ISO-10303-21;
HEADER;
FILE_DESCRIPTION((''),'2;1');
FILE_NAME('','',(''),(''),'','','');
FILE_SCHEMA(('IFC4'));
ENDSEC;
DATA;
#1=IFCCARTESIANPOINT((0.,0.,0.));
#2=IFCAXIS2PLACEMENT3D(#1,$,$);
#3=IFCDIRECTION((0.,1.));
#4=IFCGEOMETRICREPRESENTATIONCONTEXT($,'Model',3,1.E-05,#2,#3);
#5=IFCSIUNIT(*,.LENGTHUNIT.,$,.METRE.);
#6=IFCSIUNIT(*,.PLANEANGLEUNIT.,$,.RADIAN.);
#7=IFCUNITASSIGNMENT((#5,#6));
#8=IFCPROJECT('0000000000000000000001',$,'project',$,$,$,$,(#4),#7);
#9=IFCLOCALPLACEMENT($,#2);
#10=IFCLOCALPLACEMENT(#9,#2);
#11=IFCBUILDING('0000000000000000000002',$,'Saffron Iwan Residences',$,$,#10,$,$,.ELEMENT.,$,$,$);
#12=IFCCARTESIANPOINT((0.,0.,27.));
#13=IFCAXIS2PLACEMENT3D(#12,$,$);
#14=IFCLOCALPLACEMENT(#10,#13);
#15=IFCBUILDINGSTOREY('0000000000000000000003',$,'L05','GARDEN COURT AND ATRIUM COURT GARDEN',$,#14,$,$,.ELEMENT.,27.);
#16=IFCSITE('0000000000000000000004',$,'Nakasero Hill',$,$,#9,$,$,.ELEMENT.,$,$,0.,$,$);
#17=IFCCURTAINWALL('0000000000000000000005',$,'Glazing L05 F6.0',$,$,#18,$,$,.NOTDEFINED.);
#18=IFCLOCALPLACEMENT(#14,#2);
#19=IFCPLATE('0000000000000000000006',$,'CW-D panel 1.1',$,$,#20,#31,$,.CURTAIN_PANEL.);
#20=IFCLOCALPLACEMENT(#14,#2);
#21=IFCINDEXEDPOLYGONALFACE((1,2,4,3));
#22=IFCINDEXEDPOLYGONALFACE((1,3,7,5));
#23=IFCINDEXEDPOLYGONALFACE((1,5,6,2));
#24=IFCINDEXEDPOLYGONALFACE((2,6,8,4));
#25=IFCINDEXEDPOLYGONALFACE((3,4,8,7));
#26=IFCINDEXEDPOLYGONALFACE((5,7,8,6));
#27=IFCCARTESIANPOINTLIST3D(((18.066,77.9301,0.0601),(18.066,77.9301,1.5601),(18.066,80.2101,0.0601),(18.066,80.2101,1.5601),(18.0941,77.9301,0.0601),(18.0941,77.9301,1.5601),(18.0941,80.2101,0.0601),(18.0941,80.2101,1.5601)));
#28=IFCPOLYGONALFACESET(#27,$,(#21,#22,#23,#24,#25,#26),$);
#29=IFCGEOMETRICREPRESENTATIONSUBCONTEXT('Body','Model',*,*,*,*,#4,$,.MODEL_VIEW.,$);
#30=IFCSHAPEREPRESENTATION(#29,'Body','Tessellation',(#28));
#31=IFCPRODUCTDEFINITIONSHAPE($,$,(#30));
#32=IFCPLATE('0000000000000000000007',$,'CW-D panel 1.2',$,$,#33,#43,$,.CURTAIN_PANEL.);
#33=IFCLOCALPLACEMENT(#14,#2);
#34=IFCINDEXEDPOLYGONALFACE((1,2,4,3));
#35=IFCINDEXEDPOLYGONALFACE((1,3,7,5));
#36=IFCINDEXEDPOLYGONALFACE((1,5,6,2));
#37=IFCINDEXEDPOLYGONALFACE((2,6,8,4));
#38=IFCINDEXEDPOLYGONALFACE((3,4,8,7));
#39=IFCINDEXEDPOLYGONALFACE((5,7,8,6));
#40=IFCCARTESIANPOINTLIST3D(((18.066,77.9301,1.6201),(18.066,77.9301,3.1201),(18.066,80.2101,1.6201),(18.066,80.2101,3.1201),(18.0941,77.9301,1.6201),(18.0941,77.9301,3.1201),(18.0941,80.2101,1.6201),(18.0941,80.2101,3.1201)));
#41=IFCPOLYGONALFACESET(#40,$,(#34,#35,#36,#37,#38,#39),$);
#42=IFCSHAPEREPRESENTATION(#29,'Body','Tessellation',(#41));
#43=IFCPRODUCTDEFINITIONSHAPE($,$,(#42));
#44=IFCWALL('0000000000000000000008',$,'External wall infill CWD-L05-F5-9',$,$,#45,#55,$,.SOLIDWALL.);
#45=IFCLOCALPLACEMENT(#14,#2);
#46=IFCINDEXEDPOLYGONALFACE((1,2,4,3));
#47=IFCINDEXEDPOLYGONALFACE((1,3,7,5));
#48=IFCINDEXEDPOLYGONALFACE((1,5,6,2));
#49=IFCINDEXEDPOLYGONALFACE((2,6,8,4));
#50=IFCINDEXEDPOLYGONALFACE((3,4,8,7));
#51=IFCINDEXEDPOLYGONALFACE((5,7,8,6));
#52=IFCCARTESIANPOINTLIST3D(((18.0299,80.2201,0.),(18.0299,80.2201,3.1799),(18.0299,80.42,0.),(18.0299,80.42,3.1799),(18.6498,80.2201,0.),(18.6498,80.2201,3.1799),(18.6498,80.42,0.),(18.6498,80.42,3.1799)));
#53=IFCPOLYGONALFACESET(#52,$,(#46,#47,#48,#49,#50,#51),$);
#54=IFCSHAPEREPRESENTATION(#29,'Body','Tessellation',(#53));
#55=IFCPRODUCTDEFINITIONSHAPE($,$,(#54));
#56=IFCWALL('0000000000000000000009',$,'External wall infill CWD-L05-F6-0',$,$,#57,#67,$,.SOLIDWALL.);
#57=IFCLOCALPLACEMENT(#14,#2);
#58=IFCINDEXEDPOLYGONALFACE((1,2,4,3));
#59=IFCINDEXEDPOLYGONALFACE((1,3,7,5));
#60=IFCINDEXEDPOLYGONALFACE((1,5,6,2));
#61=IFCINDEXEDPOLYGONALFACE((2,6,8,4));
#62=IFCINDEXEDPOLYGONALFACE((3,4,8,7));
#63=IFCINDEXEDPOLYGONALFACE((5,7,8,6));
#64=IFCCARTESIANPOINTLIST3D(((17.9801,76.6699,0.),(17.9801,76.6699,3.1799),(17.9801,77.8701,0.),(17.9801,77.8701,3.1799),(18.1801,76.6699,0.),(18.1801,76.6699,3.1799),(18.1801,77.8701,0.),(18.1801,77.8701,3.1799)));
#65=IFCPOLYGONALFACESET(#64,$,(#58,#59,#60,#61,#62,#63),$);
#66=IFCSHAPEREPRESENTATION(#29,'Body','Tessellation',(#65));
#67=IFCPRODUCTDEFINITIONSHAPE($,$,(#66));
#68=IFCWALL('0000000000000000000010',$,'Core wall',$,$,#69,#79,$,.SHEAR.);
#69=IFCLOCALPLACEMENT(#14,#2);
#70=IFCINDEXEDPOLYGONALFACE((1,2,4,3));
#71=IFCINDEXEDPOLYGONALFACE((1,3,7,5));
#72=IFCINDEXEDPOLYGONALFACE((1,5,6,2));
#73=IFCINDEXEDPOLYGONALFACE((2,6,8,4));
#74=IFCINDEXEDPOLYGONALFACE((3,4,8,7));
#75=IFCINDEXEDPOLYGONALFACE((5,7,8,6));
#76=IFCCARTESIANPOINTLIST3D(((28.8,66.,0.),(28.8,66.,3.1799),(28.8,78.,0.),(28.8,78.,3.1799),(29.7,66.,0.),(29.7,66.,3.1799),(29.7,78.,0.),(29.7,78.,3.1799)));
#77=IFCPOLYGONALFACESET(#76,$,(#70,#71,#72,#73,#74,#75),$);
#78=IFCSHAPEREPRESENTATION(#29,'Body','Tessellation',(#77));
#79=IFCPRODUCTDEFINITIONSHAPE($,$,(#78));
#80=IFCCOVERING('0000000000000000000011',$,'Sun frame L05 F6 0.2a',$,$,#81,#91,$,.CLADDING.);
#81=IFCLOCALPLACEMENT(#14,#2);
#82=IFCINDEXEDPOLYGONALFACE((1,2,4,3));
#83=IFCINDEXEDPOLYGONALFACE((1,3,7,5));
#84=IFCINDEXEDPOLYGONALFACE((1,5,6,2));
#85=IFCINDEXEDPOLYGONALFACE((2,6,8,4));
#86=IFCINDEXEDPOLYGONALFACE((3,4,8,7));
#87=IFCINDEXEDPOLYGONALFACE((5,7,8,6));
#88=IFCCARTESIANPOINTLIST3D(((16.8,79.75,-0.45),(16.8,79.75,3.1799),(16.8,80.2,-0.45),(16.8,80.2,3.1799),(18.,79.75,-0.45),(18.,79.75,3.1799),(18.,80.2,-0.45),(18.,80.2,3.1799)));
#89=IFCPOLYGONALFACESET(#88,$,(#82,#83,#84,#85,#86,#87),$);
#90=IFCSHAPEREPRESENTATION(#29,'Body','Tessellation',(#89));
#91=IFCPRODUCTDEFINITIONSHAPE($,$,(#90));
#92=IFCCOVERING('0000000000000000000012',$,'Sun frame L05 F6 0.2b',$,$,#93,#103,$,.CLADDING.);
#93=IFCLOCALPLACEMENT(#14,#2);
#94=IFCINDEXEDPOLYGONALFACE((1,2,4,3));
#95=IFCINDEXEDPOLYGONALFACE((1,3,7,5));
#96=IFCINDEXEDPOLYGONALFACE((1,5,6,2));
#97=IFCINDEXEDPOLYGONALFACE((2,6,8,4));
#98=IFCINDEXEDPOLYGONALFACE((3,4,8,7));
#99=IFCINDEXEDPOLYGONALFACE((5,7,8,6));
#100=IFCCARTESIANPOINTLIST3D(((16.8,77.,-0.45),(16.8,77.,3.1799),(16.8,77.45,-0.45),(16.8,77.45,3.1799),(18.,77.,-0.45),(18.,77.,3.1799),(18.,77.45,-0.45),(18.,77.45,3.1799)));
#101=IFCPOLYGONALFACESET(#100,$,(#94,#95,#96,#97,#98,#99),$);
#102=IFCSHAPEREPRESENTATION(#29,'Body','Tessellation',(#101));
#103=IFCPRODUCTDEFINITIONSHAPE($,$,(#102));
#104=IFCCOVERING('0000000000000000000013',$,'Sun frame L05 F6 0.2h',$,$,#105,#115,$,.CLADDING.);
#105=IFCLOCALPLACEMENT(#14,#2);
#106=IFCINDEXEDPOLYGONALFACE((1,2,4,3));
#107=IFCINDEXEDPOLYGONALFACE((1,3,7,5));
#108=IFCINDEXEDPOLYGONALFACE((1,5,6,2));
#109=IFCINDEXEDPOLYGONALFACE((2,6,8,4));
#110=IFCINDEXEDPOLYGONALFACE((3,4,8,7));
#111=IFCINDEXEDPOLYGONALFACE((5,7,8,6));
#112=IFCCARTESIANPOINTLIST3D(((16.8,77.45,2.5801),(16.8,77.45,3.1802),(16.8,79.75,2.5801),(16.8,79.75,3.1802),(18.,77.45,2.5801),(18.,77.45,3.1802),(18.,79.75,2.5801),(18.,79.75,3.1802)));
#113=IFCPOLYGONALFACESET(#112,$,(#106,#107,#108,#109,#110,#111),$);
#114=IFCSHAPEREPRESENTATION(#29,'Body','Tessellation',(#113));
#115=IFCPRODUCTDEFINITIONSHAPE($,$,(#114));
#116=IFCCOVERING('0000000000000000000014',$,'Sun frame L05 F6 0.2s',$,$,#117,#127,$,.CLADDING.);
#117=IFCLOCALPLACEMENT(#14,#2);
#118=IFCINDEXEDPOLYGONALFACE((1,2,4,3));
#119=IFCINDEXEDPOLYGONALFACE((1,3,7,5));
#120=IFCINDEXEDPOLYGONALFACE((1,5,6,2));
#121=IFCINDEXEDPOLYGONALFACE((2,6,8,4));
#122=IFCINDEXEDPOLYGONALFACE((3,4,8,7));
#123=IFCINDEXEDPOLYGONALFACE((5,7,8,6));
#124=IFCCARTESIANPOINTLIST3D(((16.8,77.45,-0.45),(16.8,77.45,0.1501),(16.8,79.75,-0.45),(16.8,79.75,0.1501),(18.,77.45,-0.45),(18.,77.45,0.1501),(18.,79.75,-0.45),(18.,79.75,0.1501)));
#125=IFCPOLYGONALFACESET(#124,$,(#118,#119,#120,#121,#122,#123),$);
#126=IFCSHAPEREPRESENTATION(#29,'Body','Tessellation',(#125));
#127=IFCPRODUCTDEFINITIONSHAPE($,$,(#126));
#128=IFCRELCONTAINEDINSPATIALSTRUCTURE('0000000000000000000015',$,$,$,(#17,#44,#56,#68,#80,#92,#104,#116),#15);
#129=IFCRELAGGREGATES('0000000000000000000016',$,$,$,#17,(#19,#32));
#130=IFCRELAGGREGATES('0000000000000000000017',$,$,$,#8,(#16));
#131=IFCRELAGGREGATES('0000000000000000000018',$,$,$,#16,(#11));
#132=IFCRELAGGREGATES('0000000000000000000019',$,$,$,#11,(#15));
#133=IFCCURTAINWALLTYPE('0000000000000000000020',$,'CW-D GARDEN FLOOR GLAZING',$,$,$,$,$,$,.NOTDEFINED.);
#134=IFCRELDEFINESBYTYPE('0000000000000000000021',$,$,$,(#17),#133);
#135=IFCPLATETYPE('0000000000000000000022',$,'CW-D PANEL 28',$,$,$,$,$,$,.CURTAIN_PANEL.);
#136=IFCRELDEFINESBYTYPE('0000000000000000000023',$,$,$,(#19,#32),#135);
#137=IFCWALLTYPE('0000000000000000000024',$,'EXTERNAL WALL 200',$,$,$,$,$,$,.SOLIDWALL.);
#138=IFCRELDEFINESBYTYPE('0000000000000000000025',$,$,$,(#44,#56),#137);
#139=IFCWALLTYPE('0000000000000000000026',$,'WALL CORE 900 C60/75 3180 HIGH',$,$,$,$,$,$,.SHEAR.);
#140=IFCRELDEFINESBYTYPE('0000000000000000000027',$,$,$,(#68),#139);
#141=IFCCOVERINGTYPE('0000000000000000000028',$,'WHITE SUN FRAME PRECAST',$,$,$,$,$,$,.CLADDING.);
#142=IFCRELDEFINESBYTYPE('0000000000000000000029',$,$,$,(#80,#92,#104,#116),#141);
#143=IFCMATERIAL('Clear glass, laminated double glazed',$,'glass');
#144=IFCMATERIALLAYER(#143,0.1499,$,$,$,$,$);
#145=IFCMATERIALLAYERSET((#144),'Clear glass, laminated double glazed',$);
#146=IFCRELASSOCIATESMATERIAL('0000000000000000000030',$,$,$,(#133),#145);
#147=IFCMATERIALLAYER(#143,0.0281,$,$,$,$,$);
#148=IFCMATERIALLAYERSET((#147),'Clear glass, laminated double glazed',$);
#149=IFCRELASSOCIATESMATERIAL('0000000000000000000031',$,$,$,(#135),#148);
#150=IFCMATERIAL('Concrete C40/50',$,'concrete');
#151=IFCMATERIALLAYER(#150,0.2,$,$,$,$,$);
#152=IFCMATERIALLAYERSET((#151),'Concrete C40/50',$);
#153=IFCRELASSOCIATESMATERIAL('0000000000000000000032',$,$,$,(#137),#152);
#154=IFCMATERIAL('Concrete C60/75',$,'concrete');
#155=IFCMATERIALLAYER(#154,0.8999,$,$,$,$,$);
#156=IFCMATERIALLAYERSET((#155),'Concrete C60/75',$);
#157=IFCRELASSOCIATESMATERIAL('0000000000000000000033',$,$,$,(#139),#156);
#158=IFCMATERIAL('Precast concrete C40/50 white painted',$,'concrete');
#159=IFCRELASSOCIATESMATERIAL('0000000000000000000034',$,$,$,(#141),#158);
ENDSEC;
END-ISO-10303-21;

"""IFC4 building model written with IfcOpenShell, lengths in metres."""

from ifc_helpers import new_model, si_unit, direction, frame, frame_2d, origin, origin_2d, place, context, subcontext, project, spatial, polyline, rectangle, outline, extrude, source, transform, mapped, material, layer, layer_set, type_object, element, aggregate, save


model = new_model("IFC4")

# Units and contexts
model_context = context("Model", 3, precision=1e-05, world=origin(), true_north=direction((0.0, 1.0)))
body_context = subcontext(model_context, "Body", "Model", "MODEL_VIEW")
ifc_project = project(units=[si_unit("LENGTHUNIT", "METRE"), si_unit("PLANEANGLEUNIT", "RADIAN")], contexts=[model_context])

# Site, building, storey
site_placement = place(None, origin())
site = spatial("IfcSite", under=ifc_project, at=site_placement, Name="Nakasero Hill", CompositionType="ELEMENT", RefElevation=0.0)
building_placement = place(site_placement, origin())
building = spatial("IfcBuilding", under=site, at=building_placement, Name="Saffron Iwan Residences", CompositionType="ELEMENT")
storey_placement = place(building_placement, frame((0.0, 0.0, 27.0)))
storey = spatial("IfcBuildingStorey", under=building, at=storey_placement, Name="L05", Description="GARDEN COURT AND ATRIUM COURT GARDEN", CompositionType="ELEMENT", Elevation=27.0)

# Shared definitions
ifc_material_1 = material(Name="Concrete C60/75", Category="concrete")

# Curtain wall
ifc_material_2 = material(Name="Clear glass, laminated double glazed", Category="glass")
ifc_layer_1 = layer(ifc_material_2, 0.1499)
ifc_layer_set_1 = layer_set([ifc_layer_1], Name="Clear glass, laminated double glazed")
curtain_wall_type = type_object("IfcCurtainWallType", Name="CW-D GARDEN FLOOR GLAZING", PredefinedType="NOTDEFINED", material=ifc_layer_set_1)
curtain_wall_1_placement = place(storey_placement, origin())
curtain_wall_1 = element("IfcCurtainWall", 1, at=curtain_wall_1_placement, inside=storey, type_object=curtain_wall_type, Name="Glazing L05 F6.0", PredefinedType="NOTDEFINED")

# Plates
ifc_layer_2 = layer(ifc_material_2, 0.0281)
ifc_layer_set_2 = layer_set([ifc_layer_2], Name="Clear glass, laminated double glazed")
plate_type = type_object("IfcPlateType", Name="CW-D PANEL 28", PredefinedType="CURTAIN_PANEL", material=ifc_layer_set_2)
shared_shape_1 = source(origin(), body_context, "Body", "SweptSolid", [
    extrude(rectangle(XDim=2.28, YDim=0.0281, at=origin_2d()), origin(), (0.0, 0.0, 1.0), 1.5),
])
plate_1_placement = place(storey_placement, frame((18.0801, 79.0701, 0.0601), z_axis=(0.0, 0.0, 1.0), x_axis=(0.0, -1.0, 0.0)))
plate_1 = element("IfcPlate", 2, at=plate_1_placement, type_object=plate_type, Name="CW-D panel 1.1", PredefinedType="CURTAIN_PANEL", context=body_context, shape_type="MappedRepresentation", body=[
    mapped(shared_shape_1, transform((0.0, 0.0, 0.0))),
])
plate_2_placement = place(storey_placement, frame((18.0801, 79.0701, 1.6201), z_axis=(0.0, 0.0, 1.0), x_axis=(0.0, -1.0, 0.0)))
plate_2 = element("IfcPlate", 3, at=plate_2_placement, type_object=plate_type, Name="CW-D panel 1.2", PredefinedType="CURTAIN_PANEL", context=body_context, shape_type="MappedRepresentation", body=[
    mapped(shared_shape_1, transform((0.0, 0.0, 0.0))),
])
aggregate(curtain_wall_1, [plate_1, plate_2])

# Walls
ifc_material_3 = material(Name="Concrete C40/50", Category="concrete")
ifc_layer_3 = layer(ifc_material_3, 0.2)
ifc_layer_set_3 = layer_set([ifc_layer_3], Name="Concrete C40/50")
wall_type_1 = type_object("IfcWallType", Name="EXTERNAL WALL 200", PredefinedType="SOLIDWALL", material=ifc_layer_set_3)
wall_1_placement = place(storey_placement, frame((18.6499, 80.3201, 0.0), z_axis=(0.0, 0.0, 1.0), x_axis=(-1.0, 0.0, 0.0)))
element("IfcWall", 4, at=wall_1_placement, inside=storey, type_object=wall_type_1, Name="External wall infill CWD-L05-F5-9", PredefinedType="SOLIDWALL", context=body_context, shape_type="SweptSolid", body=[
    extrude(rectangle(XDim=0.6199, YDim=0.2, at=frame_2d((0.3101, 0.0))), origin(), (0.0, 0.0, 1.0), 3.1799),
])
wall_2_placement = place(storey_placement, frame((18.0801, 77.8701, 0.0), z_axis=(0.0, 0.0, 1.0), x_axis=(0.0, -1.0, 0.0)))
element("IfcWall", 5, at=wall_2_placement, inside=storey, type_object=wall_type_1, Name="External wall infill CWD-L05-F6-0", PredefinedType="SOLIDWALL", context=body_context, shape_type="SweptSolid", body=[
    extrude(rectangle(XDim=1.2002, YDim=0.2, at=frame_2d((0.6001, 0.0))), origin(), (0.0, 0.0, 1.0), 3.1799),
])
ifc_layer_4 = layer(ifc_material_1, 0.8999)
ifc_layer_set_4 = layer_set([ifc_layer_4], Name="Concrete C60/75")
wall_type_2 = type_object("IfcWallType", Name="WALL CORE 900 C60/75 3180 HIGH", PredefinedType="SHEAR", material=ifc_layer_set_4)
wall_3_placement = place(storey_placement, frame((29.25, 66.0, 0.0), z_axis=(0.0, 0.0, 1.0), x_axis=(0.0, 1.0, 0.0)))
element("IfcWall", 6, at=wall_3_placement, inside=storey, type_object=wall_type_2, Name="Core wall", PredefinedType="SHEAR", context=body_context, shape_type="SweptSolid", body=[
    extrude(rectangle(XDim=12.0, YDim=0.8999, at=frame_2d((6.0, 0.0))), origin(), (0.0, 0.0, 1.0), 3.1799),
])

# Coverings
ifc_material_4 = material(Name="Precast concrete C40/50 white painted", Category="concrete")
covering_type = type_object("IfcCoveringType", Name="WHITE SUN FRAME PRECAST", PredefinedType="CLADDING", material=ifc_material_4)
for number, where, z_axis, x_axis, name in (
    (7, (18.0, 80.2, -0.45), (-1.0, 0.0, 0.0), (0.0, -1.0, 0.0), "Sun frame L05 F6 0.2a"),
    (8, (18.0, 77.45, -0.45), (-1.0, 0.0, 0.0), (0.0, -1.0, 0.0), "Sun frame L05 F6 0.2b"),
):
    element("IfcCovering", number, at=place(storey_placement, frame(where, z_axis=z_axis, x_axis=x_axis)), inside=storey, type_object=covering_type, Name=name, PredefinedType="CLADDING", context=body_context, shape_type="SweptSolid", body=[
        extrude(outline(polyline([(0.0, 0.0), (0.45, 0.0), (0.45, 3.6299), (0.0, 3.6299), (0.0, 0.0)])), origin(), (0.0, 0.0, 1.0), 1.2),
    ])
for number, where, z_axis, x_axis, name in (
    (9, (18.0, 79.75, 2.5801), (-1.0, 0.0, 0.0), (0.0, -1.0, 0.0), "Sun frame L05 F6 0.2h"),
    (10, (18.0, 79.75, -0.45), (-1.0, 0.0, 0.0), (0.0, -1.0, 0.0), "Sun frame L05 F6 0.2s"),
):
    element("IfcCovering", number, at=place(storey_placement, frame(where, z_axis=z_axis, x_axis=x_axis)), inside=storey, type_object=covering_type, Name=name, PredefinedType="CLADDING", context=body_context, shape_type="SweptSolid", body=[
        extrude(outline(polyline([(0.0, 0.0), (2.3, 0.0), (2.3, 0.6001), (0.0, 0.6001), (0.0, 0.0)])), origin(), (0.0, 0.0, 1.0), 1.2),
    ])

save(model, "model.ifc")
